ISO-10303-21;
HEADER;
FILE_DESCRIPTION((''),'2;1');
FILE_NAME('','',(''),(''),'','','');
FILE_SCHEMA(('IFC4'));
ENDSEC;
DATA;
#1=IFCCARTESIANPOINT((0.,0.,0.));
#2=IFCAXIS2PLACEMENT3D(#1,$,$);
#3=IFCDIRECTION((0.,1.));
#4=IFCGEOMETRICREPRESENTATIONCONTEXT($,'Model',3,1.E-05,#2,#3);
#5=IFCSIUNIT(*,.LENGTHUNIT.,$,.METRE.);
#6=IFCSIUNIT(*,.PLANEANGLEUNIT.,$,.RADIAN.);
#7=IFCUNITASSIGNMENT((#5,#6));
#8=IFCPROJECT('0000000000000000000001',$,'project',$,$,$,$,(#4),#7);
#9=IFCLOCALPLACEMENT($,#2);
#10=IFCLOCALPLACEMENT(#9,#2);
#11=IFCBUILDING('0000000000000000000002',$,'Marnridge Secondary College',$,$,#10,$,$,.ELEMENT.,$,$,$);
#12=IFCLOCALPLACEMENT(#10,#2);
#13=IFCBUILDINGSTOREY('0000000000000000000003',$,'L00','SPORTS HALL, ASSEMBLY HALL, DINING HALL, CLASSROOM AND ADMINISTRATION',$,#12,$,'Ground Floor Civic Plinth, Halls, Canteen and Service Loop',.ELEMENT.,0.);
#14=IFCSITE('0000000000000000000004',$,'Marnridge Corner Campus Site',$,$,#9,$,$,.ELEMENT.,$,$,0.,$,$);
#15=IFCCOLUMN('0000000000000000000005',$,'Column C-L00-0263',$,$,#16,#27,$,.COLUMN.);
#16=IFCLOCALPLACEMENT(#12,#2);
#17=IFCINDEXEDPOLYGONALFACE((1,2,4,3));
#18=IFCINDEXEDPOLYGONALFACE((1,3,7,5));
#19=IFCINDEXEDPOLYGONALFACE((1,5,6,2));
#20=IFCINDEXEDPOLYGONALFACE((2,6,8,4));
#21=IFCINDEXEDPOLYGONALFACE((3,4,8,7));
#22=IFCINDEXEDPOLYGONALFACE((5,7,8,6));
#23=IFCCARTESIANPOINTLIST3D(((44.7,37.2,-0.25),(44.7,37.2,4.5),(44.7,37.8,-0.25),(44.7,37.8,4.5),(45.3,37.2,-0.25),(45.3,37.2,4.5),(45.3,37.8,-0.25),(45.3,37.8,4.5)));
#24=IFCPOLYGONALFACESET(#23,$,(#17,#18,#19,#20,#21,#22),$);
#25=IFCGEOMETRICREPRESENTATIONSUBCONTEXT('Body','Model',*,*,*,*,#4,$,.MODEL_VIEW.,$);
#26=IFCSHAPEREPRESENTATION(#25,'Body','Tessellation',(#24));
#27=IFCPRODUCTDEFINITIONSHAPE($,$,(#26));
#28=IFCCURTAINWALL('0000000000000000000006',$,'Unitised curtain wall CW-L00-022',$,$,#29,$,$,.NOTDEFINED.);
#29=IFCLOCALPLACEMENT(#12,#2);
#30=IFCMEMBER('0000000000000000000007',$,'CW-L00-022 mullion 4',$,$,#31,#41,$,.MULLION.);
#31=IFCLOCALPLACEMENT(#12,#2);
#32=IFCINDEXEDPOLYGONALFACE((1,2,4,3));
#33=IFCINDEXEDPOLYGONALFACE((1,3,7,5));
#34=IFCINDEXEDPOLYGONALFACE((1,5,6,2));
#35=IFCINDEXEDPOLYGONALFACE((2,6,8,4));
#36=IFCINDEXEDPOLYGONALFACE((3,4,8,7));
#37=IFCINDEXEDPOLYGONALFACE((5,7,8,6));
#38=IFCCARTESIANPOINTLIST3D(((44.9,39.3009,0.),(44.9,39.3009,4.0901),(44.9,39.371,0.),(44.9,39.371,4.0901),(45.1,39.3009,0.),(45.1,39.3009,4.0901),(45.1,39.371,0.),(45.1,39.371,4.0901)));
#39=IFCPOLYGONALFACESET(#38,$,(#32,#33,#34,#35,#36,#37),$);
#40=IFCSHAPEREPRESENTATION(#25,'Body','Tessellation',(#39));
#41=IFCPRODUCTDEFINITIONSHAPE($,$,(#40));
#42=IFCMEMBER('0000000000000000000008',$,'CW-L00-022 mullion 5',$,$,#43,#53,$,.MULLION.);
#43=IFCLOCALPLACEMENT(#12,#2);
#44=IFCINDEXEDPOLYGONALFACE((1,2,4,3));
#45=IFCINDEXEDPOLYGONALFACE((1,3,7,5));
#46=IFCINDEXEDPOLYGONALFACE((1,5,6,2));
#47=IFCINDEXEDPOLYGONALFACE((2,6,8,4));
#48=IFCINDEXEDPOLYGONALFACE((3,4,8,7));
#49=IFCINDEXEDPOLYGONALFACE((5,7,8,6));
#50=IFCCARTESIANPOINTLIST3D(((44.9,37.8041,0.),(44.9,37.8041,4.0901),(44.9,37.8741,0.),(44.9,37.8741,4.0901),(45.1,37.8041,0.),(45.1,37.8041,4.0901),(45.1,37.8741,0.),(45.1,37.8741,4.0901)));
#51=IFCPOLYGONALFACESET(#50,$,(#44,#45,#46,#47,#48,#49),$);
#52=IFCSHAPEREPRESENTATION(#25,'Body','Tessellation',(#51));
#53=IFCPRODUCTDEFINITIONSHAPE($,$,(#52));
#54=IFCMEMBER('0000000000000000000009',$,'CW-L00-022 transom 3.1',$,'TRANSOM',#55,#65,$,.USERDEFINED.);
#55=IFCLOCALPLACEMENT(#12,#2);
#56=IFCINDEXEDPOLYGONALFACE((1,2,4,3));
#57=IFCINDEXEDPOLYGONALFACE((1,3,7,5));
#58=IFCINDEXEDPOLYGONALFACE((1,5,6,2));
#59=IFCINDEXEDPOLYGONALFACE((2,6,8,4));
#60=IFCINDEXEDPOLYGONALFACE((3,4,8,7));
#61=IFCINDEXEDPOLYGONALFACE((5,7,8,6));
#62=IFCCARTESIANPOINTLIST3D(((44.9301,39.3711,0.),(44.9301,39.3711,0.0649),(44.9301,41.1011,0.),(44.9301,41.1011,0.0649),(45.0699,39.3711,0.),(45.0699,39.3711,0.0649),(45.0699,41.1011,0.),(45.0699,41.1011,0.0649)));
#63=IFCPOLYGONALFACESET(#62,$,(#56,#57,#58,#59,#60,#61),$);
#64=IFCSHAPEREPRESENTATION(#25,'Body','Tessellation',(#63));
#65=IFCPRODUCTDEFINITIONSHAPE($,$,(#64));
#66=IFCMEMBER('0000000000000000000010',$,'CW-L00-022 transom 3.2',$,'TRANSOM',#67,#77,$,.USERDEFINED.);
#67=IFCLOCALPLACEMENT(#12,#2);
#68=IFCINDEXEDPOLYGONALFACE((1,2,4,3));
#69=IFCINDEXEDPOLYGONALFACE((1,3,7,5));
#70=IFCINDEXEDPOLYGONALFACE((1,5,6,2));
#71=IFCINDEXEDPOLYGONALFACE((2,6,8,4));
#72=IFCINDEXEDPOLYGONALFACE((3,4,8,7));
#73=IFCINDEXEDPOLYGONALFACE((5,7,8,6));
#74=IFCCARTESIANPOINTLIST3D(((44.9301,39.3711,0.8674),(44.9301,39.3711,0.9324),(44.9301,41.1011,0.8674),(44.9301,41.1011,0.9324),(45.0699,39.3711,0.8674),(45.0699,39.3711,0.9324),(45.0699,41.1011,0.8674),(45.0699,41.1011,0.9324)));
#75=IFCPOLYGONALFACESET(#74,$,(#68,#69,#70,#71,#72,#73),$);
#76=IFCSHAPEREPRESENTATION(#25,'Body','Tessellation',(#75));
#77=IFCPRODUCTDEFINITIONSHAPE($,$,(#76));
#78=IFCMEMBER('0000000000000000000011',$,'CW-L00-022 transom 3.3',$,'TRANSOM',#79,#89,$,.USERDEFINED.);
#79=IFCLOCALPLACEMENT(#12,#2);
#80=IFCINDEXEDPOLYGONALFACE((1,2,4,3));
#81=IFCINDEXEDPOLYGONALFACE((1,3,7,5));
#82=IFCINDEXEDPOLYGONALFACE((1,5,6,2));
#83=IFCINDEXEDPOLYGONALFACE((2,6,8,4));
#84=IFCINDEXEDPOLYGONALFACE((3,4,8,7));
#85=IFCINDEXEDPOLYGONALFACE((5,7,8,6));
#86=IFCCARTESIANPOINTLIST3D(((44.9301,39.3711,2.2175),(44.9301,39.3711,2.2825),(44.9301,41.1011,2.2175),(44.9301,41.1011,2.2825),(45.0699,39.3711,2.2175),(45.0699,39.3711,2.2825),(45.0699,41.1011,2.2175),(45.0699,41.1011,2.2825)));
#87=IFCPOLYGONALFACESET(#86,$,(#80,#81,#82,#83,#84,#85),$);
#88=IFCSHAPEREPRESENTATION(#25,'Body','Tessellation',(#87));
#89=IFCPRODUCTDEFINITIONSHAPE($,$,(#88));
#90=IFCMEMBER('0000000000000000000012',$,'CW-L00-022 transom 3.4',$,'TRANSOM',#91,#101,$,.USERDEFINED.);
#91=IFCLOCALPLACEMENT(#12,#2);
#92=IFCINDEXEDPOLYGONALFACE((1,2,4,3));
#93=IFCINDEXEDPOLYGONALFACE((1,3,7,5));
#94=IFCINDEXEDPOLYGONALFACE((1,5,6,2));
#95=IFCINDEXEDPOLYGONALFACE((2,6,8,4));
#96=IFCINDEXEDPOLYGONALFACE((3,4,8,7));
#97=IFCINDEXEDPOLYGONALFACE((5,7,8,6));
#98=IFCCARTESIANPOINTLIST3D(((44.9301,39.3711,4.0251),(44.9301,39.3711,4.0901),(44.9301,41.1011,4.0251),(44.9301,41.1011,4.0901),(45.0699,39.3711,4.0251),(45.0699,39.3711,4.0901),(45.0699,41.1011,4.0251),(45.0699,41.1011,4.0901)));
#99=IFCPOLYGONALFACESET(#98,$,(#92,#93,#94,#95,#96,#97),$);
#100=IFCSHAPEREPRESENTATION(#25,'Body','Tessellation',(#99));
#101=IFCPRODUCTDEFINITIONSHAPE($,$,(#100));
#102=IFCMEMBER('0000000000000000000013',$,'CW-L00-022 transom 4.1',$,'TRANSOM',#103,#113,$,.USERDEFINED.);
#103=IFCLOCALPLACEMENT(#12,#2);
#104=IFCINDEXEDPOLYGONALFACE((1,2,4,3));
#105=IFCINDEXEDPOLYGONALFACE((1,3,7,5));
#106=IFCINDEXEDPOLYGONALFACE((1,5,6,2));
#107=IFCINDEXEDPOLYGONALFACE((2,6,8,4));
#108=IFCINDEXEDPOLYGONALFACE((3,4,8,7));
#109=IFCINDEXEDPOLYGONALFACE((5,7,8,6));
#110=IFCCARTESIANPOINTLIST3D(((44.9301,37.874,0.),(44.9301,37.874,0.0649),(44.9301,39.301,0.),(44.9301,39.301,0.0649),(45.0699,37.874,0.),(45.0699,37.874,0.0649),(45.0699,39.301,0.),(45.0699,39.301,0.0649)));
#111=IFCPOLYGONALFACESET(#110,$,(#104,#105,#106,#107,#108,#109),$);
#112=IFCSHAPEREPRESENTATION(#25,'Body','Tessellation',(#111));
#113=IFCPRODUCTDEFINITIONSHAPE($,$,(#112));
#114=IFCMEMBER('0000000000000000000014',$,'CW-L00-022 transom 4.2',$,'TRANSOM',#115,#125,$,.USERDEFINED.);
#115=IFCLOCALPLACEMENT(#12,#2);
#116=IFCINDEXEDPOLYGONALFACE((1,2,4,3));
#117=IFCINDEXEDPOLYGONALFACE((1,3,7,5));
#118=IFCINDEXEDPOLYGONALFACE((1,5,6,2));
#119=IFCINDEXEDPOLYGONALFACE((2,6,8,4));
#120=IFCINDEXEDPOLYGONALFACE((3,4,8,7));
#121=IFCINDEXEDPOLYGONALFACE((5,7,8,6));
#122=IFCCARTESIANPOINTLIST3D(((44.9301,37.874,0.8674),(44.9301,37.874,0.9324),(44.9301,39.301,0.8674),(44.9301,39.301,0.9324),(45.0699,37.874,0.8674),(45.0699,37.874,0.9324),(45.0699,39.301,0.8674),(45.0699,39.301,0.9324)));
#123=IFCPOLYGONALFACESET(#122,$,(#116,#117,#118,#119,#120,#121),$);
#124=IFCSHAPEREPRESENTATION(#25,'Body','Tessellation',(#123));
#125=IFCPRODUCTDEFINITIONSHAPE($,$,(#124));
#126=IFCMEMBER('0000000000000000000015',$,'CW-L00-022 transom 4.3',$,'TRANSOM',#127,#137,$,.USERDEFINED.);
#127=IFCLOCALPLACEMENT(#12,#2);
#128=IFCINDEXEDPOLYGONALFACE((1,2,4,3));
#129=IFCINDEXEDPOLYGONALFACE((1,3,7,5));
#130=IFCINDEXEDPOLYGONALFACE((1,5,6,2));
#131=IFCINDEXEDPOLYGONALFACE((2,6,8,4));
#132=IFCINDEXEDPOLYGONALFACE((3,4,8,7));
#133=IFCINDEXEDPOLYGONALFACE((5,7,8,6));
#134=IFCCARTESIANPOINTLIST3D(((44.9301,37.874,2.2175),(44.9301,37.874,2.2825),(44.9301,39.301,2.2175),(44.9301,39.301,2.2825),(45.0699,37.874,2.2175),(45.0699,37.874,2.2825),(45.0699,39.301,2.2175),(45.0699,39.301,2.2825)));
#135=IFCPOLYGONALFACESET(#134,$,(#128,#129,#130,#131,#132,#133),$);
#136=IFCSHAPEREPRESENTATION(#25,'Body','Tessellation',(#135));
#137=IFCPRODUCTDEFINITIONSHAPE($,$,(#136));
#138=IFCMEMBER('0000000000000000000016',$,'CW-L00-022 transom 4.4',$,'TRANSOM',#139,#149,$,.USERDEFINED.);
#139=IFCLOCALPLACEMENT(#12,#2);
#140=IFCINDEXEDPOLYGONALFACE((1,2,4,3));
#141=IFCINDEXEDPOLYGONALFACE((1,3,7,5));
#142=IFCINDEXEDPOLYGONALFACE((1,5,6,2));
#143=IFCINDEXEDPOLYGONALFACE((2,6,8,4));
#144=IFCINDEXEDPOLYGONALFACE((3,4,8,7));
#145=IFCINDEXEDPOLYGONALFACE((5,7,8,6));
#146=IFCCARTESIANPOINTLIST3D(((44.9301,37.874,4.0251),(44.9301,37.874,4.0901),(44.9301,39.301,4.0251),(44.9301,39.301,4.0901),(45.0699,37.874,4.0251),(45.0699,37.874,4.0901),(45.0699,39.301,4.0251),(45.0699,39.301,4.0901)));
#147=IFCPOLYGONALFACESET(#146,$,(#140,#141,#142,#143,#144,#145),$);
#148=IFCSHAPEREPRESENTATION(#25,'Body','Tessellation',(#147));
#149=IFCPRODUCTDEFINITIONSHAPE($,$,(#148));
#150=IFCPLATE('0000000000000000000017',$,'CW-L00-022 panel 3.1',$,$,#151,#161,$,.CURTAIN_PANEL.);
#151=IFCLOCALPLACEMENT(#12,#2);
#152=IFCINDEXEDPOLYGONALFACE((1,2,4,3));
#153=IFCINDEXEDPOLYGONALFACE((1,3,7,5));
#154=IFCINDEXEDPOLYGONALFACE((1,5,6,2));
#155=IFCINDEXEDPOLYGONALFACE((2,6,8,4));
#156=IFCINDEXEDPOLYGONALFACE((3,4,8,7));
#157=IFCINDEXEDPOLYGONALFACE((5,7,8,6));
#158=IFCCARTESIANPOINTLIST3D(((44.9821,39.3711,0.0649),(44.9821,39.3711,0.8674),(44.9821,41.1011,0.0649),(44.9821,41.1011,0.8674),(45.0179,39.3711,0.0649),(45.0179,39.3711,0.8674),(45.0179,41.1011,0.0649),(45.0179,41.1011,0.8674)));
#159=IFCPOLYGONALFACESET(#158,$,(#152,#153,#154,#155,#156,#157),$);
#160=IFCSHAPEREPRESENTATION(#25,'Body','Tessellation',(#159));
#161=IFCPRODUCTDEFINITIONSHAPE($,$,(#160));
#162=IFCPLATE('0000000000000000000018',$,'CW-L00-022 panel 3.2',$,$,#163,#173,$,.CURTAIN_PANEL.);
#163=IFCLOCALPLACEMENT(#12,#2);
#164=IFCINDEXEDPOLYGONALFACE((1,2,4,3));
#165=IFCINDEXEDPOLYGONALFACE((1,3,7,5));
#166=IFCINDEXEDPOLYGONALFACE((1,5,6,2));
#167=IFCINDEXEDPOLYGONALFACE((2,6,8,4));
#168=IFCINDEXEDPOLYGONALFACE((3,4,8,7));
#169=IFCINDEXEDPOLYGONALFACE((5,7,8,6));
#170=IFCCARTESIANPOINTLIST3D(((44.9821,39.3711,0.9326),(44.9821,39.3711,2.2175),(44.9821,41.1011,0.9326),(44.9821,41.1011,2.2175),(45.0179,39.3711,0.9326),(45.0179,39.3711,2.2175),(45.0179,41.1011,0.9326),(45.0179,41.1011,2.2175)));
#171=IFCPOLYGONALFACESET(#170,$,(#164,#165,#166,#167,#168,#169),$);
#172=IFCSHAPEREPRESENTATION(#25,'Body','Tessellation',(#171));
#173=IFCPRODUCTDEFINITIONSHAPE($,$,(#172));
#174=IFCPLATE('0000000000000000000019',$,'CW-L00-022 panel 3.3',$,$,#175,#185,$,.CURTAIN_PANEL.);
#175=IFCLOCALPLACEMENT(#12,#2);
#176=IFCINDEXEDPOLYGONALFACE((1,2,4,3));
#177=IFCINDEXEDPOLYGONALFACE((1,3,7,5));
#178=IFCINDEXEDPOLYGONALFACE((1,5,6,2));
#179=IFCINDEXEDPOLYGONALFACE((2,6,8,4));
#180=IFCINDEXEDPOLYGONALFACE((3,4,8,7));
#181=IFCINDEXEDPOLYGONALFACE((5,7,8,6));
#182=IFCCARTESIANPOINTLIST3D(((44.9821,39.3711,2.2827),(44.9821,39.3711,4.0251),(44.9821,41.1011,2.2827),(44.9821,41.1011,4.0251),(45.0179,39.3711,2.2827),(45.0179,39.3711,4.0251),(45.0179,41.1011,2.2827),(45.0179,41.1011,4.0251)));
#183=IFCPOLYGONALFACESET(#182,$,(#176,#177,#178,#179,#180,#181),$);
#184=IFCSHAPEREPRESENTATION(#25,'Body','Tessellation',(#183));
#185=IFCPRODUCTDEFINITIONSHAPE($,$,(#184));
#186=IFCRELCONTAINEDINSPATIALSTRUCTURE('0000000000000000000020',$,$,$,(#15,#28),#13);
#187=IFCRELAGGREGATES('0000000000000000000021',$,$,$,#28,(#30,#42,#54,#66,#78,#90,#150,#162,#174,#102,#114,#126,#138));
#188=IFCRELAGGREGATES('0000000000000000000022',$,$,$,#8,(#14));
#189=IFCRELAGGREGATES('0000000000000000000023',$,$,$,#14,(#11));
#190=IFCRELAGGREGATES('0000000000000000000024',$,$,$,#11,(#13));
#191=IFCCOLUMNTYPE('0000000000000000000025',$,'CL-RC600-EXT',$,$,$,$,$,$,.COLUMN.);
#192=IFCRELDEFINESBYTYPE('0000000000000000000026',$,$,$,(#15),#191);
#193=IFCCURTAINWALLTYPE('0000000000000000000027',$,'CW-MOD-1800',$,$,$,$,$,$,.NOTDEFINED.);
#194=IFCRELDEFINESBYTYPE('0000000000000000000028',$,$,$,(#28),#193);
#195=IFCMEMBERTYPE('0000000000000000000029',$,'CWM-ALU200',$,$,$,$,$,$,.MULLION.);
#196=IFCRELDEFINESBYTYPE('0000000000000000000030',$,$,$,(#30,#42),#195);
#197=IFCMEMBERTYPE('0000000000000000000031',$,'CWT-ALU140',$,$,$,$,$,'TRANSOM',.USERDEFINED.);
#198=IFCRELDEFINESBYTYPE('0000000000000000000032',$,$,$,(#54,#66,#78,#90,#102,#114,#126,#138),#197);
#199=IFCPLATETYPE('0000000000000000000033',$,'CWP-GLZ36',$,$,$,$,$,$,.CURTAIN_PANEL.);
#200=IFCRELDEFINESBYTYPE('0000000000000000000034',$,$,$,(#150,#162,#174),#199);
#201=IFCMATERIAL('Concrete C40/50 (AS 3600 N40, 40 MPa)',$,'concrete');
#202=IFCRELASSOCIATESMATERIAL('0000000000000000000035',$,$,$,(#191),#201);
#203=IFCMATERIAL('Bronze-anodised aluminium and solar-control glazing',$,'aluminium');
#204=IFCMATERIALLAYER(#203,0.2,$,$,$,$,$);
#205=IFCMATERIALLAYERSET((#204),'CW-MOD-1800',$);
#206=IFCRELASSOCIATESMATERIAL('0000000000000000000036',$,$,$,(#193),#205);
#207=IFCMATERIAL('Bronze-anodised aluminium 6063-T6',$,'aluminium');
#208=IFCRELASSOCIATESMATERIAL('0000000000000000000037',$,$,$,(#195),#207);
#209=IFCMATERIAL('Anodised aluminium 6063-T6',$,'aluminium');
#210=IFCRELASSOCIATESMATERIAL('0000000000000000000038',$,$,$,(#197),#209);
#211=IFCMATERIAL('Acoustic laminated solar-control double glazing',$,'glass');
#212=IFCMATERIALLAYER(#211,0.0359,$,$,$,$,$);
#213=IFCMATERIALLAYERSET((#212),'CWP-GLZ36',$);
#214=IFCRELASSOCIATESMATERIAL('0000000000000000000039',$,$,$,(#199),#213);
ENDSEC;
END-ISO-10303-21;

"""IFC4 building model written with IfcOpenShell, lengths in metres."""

from ifc_helpers import new_model, si_unit, direction, frame, origin, origin_2d, place, context, subcontext, project, spatial, rectangle, extrude, material, layer, layer_set, material_profile, profile_set, type_object, element, aggregate, save


model = new_model("IFC4")

# Units and contexts
model_context = context("Model", 3, precision=1e-05, world=origin(), true_north=direction((0.0, 1.0)))
body_context = subcontext(model_context, "Body", "Model", "MODEL_VIEW")
ifc_project = project(units=[si_unit("LENGTHUNIT", "METRE"), si_unit("PLANEANGLEUNIT", "RADIAN")], contexts=[model_context])

# Site, building, storey
site_placement = place(None, origin())
site = spatial("IfcSite", under=ifc_project, at=site_placement, Name="Marnridge Corner Campus Site", CompositionType="ELEMENT", RefElevation=0.0)
building_placement = place(site_placement, origin())
building = spatial("IfcBuilding", under=site, at=building_placement, Name="Marnridge Secondary College", CompositionType="ELEMENT")
storey_placement = place(building_placement, origin())
storey = spatial("IfcBuildingStorey", under=building, at=storey_placement, Name="L00", Description="SPORTS HALL, ASSEMBLY HALL, DINING HALL, CLASSROOM AND ADMINISTRATION", LongName="Ground Floor Civic Plinth, Halls, Canteen and Service Loop", CompositionType="ELEMENT", Elevation=0.0)

# Column
ifc_material_1 = material(Name="Concrete C40/50 (AS 3600 N40, 40 MPa)", Category="concrete")
ifc_material_profile_1 = material_profile(ifc_material_1, rectangle(XDim=0.6001, YDim=0.6001, at=origin_2d()), Name="RC 600x600")
ifc_profile_set_1 = profile_set([ifc_material_profile_1], Name="Concrete C40/50 (AS 3600 N40, 40 MPa)")
column_type = type_object("IfcColumnType", Name="CL-RC600-EXT", PredefinedType="COLUMN", material=ifc_profile_set_1)
column_placement = place(storey_placement, frame((45.0, 37.5, -0.25), z_axis=(0.0, 0.0, 1.0), x_axis=(1.0, 0.0, 0.0)))
element("IfcColumn", 1, at=column_placement, inside=storey, type_object=column_type, Name="Column C-L00-0263", PredefinedType="COLUMN", context=body_context, shape_type="SweptSolid", body=[
    extrude(rectangle(XDim=0.6001, YDim=0.6001, at=origin_2d()), origin(), (0.0, 0.0, 1.0), 4.75),
])

# Curtain wall, members, plates
ifc_material_2 = material(Name="Bronze-anodised aluminium and solar-control glazing", Category="aluminium")
ifc_layer_1 = layer(ifc_material_2, 0.2)
ifc_layer_set_1 = layer_set([ifc_layer_1], Name="CW-MOD-1800")
curtain_wall_type = type_object("IfcCurtainWallType", Name="CW-MOD-1800", PredefinedType="NOTDEFINED", material=ifc_layer_set_1)
curtain_wall_placement = place(storey_placement, origin())
curtain_wall = element("IfcCurtainWall", 2, at=curtain_wall_placement, inside=storey, type_object=curtain_wall_type, Name="Unitised curtain wall CW-L00-022", PredefinedType="NOTDEFINED")
ifc_material_3 = material(Name="Bronze-anodised aluminium 6063-T6", Category="aluminium")
ifc_material_profile_2 = material_profile(ifc_material_3, rectangle(XDim=0.0701, YDim=0.2, at=origin_2d()), Name="ALU 70x200")
ifc_profile_set_2 = profile_set([ifc_material_profile_2], Name="Bronze-anodised aluminium 6063-T6")
member_type_1 = type_object("IfcMemberType", Name="CWM-ALU200", PredefinedType="MULLION", material=ifc_profile_set_2)
member_1_placement = place(storey_placement, frame((45.0, 39.3359, 0.0), z_axis=(0.0, 0.0, 1.0), x_axis=(0.0, -1.0, 0.0)))
member_1 = element("IfcMember", 3, at=member_1_placement, type_object=member_type_1, Name="CW-L00-022 mullion 4", PredefinedType="MULLION", context=body_context, shape_type="SweptSolid", body=[
    extrude(rectangle(XDim=0.0701, YDim=0.2, at=origin_2d()), origin(), (0.0, 0.0, 1.0), 4.0901),
])
member_2_placement = place(storey_placement, frame((45.0, 37.8391, 0.0), z_axis=(0.0, 0.0, 1.0), x_axis=(0.0, -1.0, 0.0)))
member_2 = element("IfcMember", 4, at=member_2_placement, type_object=member_type_1, Name="CW-L00-022 mullion 5", PredefinedType="MULLION", context=body_context, shape_type="SweptSolid", body=[
    extrude(rectangle(XDim=0.0701, YDim=0.2, at=origin_2d()), origin(), (0.0, 0.0, 1.0), 4.0901),
])
ifc_material_4 = material(Name="Anodised aluminium 6063-T6", Category="aluminium")
ifc_material_profile_3 = material_profile(ifc_material_4, rectangle(XDim=0.0649, YDim=0.1399, at=origin_2d()), Name="ALU 65x140")
ifc_profile_set_3 = profile_set([ifc_material_profile_3], Name="Anodised aluminium 6063-T6")
member_type_2 = type_object("IfcMemberType", Name="CWT-ALU140", ElementType="TRANSOM", PredefinedType="USERDEFINED", material=ifc_profile_set_3)
member_3_placement = place(storey_placement, frame((45.0, 41.1011, 0.0325), z_axis=(0.0, -1.0, 0.0), x_axis=(0.0, 0.0, 1.0)))
member_3 = element("IfcMember", 5, at=member_3_placement, type_object=member_type_2, Name="CW-L00-022 transom 3.1", ObjectType="TRANSOM", PredefinedType="USERDEFINED", context=body_context, shape_type="SweptSolid", body=[
    extrude(rectangle(XDim=0.0649, YDim=0.1399, at=origin_2d()), origin(), (0.0, 0.0, 1.0), 1.73),
])
member_4_placement = place(storey_placement, frame((45.0, 41.1011, 0.8999), z_axis=(0.0, -1.0, 0.0), x_axis=(0.0, 0.0, 1.0)))
member_4 = element("IfcMember", 6, at=member_4_placement, type_object=member_type_2, Name="CW-L00-022 transom 3.2", ObjectType="TRANSOM", PredefinedType="USERDEFINED", context=body_context, shape_type="SweptSolid", body=[
    extrude(rectangle(XDim=0.0649, YDim=0.1399, at=origin_2d()), origin(), (0.0, 0.0, 1.0), 1.73),
])
member_5_placement = place(storey_placement, frame((45.0, 41.1011, 2.25), z_axis=(0.0, -1.0, 0.0), x_axis=(0.0, 0.0, 1.0)))
member_5 = element("IfcMember", 7, at=member_5_placement, type_object=member_type_2, Name="CW-L00-022 transom 3.3", ObjectType="TRANSOM", PredefinedType="USERDEFINED", context=body_context, shape_type="SweptSolid", body=[
    extrude(rectangle(XDim=0.0649, YDim=0.1399, at=origin_2d()), origin(), (0.0, 0.0, 1.0), 1.73),
])
member_6_placement = place(storey_placement, frame((45.0, 41.1011, 4.0576), z_axis=(0.0, -1.0, 0.0), x_axis=(0.0, 0.0, 1.0)))
member_6 = element("IfcMember", 8, at=member_6_placement, type_object=member_type_2, Name="CW-L00-022 transom 3.4", ObjectType="TRANSOM", PredefinedType="USERDEFINED", context=body_context, shape_type="SweptSolid", body=[
    extrude(rectangle(XDim=0.0649, YDim=0.1399, at=origin_2d()), origin(), (0.0, 0.0, 1.0), 1.73),
])
member_7_placement = place(storey_placement, frame((45.0, 39.301, 0.0325), z_axis=(0.0, -1.0, 0.0), x_axis=(0.0, 0.0, 1.0)))
member_7 = element("IfcMember", 9, at=member_7_placement, type_object=member_type_2, Name="CW-L00-022 transom 4.1", ObjectType="TRANSOM", PredefinedType="USERDEFINED", context=body_context, shape_type="SweptSolid", body=[
    extrude(rectangle(XDim=0.0649, YDim=0.1399, at=origin_2d()), origin(), (0.0, 0.0, 1.0), 1.427),
])
member_8_placement = place(storey_placement, frame((45.0, 39.301, 0.8999), z_axis=(0.0, -1.0, 0.0), x_axis=(0.0, 0.0, 1.0)))
member_8 = element("IfcMember", 10, at=member_8_placement, type_object=member_type_2, Name="CW-L00-022 transom 4.2", ObjectType="TRANSOM", PredefinedType="USERDEFINED", context=body_context, shape_type="SweptSolid", body=[
    extrude(rectangle(XDim=0.0649, YDim=0.1399, at=origin_2d()), origin(), (0.0, 0.0, 1.0), 1.427),
])
member_9_placement = place(storey_placement, frame((45.0, 39.301, 2.25), z_axis=(0.0, -1.0, 0.0), x_axis=(0.0, 0.0, 1.0)))
member_9 = element("IfcMember", 11, at=member_9_placement, type_object=member_type_2, Name="CW-L00-022 transom 4.3", ObjectType="TRANSOM", PredefinedType="USERDEFINED", context=body_context, shape_type="SweptSolid", body=[
    extrude(rectangle(XDim=0.0649, YDim=0.1399, at=origin_2d()), origin(), (0.0, 0.0, 1.0), 1.427),
])
member_10_placement = place(storey_placement, frame((45.0, 39.301, 4.0576), z_axis=(0.0, -1.0, 0.0), x_axis=(0.0, 0.0, 1.0)))
member_10 = element("IfcMember", 12, at=member_10_placement, type_object=member_type_2, Name="CW-L00-022 transom 4.4", ObjectType="TRANSOM", PredefinedType="USERDEFINED", context=body_context, shape_type="SweptSolid", body=[
    extrude(rectangle(XDim=0.0649, YDim=0.1399, at=origin_2d()), origin(), (0.0, 0.0, 1.0), 1.427),
])
ifc_material_5 = material(Name="Acoustic laminated solar-control double glazing", Category="glass")
ifc_layer_2 = layer(ifc_material_5, 0.0359)
ifc_layer_set_2 = layer_set([ifc_layer_2], Name="CWP-GLZ36")
plate_type = type_object("IfcPlateType", Name="CWP-GLZ36", PredefinedType="CURTAIN_PANEL", material=ifc_layer_set_2)
plate_1_placement = place(storey_placement, frame((45.0, 40.2361, 0.0649), z_axis=(0.0, 0.0, 1.0), x_axis=(0.0, -1.0, 0.0)))
plate_1 = element("IfcPlate", 13, at=plate_1_placement, type_object=plate_type, Name="CW-L00-022 panel 3.1", PredefinedType="CURTAIN_PANEL", context=body_context, shape_type="SweptSolid", body=[
    extrude(rectangle(XDim=1.73, YDim=0.0359, at=origin_2d()), origin(), (0.0, 0.0, 1.0), 0.8025),
])
plate_2_placement = place(storey_placement, frame((45.0, 40.2361, 0.9326), z_axis=(0.0, 0.0, 1.0), x_axis=(0.0, -1.0, 0.0)))
plate_2 = element("IfcPlate", 14, at=plate_2_placement, type_object=plate_type, Name="CW-L00-022 panel 3.2", PredefinedType="CURTAIN_PANEL", context=body_context, shape_type="SweptSolid", body=[
    extrude(rectangle(XDim=1.73, YDim=0.0359, at=origin_2d()), origin(), (0.0, 0.0, 1.0), 1.2849),
])
plate_3_placement = place(storey_placement, frame((45.0, 40.2361, 2.2827), z_axis=(0.0, 0.0, 1.0), x_axis=(0.0, -1.0, 0.0)))
plate_3 = element("IfcPlate", 15, at=plate_3_placement, type_object=plate_type, Name="CW-L00-022 panel 3.3", PredefinedType="CURTAIN_PANEL", context=body_context, shape_type="SweptSolid", body=[
    extrude(rectangle(XDim=1.73, YDim=0.0359, at=origin_2d()), origin(), (0.0, 0.0, 1.0), 1.7424),
])
aggregate(curtain_wall, [member_1, member_2, member_3, member_4, member_5, member_6, plate_1, plate_2, plate_3, member_7, member_8, member_9, member_10])

save(model, "model.ifc")
